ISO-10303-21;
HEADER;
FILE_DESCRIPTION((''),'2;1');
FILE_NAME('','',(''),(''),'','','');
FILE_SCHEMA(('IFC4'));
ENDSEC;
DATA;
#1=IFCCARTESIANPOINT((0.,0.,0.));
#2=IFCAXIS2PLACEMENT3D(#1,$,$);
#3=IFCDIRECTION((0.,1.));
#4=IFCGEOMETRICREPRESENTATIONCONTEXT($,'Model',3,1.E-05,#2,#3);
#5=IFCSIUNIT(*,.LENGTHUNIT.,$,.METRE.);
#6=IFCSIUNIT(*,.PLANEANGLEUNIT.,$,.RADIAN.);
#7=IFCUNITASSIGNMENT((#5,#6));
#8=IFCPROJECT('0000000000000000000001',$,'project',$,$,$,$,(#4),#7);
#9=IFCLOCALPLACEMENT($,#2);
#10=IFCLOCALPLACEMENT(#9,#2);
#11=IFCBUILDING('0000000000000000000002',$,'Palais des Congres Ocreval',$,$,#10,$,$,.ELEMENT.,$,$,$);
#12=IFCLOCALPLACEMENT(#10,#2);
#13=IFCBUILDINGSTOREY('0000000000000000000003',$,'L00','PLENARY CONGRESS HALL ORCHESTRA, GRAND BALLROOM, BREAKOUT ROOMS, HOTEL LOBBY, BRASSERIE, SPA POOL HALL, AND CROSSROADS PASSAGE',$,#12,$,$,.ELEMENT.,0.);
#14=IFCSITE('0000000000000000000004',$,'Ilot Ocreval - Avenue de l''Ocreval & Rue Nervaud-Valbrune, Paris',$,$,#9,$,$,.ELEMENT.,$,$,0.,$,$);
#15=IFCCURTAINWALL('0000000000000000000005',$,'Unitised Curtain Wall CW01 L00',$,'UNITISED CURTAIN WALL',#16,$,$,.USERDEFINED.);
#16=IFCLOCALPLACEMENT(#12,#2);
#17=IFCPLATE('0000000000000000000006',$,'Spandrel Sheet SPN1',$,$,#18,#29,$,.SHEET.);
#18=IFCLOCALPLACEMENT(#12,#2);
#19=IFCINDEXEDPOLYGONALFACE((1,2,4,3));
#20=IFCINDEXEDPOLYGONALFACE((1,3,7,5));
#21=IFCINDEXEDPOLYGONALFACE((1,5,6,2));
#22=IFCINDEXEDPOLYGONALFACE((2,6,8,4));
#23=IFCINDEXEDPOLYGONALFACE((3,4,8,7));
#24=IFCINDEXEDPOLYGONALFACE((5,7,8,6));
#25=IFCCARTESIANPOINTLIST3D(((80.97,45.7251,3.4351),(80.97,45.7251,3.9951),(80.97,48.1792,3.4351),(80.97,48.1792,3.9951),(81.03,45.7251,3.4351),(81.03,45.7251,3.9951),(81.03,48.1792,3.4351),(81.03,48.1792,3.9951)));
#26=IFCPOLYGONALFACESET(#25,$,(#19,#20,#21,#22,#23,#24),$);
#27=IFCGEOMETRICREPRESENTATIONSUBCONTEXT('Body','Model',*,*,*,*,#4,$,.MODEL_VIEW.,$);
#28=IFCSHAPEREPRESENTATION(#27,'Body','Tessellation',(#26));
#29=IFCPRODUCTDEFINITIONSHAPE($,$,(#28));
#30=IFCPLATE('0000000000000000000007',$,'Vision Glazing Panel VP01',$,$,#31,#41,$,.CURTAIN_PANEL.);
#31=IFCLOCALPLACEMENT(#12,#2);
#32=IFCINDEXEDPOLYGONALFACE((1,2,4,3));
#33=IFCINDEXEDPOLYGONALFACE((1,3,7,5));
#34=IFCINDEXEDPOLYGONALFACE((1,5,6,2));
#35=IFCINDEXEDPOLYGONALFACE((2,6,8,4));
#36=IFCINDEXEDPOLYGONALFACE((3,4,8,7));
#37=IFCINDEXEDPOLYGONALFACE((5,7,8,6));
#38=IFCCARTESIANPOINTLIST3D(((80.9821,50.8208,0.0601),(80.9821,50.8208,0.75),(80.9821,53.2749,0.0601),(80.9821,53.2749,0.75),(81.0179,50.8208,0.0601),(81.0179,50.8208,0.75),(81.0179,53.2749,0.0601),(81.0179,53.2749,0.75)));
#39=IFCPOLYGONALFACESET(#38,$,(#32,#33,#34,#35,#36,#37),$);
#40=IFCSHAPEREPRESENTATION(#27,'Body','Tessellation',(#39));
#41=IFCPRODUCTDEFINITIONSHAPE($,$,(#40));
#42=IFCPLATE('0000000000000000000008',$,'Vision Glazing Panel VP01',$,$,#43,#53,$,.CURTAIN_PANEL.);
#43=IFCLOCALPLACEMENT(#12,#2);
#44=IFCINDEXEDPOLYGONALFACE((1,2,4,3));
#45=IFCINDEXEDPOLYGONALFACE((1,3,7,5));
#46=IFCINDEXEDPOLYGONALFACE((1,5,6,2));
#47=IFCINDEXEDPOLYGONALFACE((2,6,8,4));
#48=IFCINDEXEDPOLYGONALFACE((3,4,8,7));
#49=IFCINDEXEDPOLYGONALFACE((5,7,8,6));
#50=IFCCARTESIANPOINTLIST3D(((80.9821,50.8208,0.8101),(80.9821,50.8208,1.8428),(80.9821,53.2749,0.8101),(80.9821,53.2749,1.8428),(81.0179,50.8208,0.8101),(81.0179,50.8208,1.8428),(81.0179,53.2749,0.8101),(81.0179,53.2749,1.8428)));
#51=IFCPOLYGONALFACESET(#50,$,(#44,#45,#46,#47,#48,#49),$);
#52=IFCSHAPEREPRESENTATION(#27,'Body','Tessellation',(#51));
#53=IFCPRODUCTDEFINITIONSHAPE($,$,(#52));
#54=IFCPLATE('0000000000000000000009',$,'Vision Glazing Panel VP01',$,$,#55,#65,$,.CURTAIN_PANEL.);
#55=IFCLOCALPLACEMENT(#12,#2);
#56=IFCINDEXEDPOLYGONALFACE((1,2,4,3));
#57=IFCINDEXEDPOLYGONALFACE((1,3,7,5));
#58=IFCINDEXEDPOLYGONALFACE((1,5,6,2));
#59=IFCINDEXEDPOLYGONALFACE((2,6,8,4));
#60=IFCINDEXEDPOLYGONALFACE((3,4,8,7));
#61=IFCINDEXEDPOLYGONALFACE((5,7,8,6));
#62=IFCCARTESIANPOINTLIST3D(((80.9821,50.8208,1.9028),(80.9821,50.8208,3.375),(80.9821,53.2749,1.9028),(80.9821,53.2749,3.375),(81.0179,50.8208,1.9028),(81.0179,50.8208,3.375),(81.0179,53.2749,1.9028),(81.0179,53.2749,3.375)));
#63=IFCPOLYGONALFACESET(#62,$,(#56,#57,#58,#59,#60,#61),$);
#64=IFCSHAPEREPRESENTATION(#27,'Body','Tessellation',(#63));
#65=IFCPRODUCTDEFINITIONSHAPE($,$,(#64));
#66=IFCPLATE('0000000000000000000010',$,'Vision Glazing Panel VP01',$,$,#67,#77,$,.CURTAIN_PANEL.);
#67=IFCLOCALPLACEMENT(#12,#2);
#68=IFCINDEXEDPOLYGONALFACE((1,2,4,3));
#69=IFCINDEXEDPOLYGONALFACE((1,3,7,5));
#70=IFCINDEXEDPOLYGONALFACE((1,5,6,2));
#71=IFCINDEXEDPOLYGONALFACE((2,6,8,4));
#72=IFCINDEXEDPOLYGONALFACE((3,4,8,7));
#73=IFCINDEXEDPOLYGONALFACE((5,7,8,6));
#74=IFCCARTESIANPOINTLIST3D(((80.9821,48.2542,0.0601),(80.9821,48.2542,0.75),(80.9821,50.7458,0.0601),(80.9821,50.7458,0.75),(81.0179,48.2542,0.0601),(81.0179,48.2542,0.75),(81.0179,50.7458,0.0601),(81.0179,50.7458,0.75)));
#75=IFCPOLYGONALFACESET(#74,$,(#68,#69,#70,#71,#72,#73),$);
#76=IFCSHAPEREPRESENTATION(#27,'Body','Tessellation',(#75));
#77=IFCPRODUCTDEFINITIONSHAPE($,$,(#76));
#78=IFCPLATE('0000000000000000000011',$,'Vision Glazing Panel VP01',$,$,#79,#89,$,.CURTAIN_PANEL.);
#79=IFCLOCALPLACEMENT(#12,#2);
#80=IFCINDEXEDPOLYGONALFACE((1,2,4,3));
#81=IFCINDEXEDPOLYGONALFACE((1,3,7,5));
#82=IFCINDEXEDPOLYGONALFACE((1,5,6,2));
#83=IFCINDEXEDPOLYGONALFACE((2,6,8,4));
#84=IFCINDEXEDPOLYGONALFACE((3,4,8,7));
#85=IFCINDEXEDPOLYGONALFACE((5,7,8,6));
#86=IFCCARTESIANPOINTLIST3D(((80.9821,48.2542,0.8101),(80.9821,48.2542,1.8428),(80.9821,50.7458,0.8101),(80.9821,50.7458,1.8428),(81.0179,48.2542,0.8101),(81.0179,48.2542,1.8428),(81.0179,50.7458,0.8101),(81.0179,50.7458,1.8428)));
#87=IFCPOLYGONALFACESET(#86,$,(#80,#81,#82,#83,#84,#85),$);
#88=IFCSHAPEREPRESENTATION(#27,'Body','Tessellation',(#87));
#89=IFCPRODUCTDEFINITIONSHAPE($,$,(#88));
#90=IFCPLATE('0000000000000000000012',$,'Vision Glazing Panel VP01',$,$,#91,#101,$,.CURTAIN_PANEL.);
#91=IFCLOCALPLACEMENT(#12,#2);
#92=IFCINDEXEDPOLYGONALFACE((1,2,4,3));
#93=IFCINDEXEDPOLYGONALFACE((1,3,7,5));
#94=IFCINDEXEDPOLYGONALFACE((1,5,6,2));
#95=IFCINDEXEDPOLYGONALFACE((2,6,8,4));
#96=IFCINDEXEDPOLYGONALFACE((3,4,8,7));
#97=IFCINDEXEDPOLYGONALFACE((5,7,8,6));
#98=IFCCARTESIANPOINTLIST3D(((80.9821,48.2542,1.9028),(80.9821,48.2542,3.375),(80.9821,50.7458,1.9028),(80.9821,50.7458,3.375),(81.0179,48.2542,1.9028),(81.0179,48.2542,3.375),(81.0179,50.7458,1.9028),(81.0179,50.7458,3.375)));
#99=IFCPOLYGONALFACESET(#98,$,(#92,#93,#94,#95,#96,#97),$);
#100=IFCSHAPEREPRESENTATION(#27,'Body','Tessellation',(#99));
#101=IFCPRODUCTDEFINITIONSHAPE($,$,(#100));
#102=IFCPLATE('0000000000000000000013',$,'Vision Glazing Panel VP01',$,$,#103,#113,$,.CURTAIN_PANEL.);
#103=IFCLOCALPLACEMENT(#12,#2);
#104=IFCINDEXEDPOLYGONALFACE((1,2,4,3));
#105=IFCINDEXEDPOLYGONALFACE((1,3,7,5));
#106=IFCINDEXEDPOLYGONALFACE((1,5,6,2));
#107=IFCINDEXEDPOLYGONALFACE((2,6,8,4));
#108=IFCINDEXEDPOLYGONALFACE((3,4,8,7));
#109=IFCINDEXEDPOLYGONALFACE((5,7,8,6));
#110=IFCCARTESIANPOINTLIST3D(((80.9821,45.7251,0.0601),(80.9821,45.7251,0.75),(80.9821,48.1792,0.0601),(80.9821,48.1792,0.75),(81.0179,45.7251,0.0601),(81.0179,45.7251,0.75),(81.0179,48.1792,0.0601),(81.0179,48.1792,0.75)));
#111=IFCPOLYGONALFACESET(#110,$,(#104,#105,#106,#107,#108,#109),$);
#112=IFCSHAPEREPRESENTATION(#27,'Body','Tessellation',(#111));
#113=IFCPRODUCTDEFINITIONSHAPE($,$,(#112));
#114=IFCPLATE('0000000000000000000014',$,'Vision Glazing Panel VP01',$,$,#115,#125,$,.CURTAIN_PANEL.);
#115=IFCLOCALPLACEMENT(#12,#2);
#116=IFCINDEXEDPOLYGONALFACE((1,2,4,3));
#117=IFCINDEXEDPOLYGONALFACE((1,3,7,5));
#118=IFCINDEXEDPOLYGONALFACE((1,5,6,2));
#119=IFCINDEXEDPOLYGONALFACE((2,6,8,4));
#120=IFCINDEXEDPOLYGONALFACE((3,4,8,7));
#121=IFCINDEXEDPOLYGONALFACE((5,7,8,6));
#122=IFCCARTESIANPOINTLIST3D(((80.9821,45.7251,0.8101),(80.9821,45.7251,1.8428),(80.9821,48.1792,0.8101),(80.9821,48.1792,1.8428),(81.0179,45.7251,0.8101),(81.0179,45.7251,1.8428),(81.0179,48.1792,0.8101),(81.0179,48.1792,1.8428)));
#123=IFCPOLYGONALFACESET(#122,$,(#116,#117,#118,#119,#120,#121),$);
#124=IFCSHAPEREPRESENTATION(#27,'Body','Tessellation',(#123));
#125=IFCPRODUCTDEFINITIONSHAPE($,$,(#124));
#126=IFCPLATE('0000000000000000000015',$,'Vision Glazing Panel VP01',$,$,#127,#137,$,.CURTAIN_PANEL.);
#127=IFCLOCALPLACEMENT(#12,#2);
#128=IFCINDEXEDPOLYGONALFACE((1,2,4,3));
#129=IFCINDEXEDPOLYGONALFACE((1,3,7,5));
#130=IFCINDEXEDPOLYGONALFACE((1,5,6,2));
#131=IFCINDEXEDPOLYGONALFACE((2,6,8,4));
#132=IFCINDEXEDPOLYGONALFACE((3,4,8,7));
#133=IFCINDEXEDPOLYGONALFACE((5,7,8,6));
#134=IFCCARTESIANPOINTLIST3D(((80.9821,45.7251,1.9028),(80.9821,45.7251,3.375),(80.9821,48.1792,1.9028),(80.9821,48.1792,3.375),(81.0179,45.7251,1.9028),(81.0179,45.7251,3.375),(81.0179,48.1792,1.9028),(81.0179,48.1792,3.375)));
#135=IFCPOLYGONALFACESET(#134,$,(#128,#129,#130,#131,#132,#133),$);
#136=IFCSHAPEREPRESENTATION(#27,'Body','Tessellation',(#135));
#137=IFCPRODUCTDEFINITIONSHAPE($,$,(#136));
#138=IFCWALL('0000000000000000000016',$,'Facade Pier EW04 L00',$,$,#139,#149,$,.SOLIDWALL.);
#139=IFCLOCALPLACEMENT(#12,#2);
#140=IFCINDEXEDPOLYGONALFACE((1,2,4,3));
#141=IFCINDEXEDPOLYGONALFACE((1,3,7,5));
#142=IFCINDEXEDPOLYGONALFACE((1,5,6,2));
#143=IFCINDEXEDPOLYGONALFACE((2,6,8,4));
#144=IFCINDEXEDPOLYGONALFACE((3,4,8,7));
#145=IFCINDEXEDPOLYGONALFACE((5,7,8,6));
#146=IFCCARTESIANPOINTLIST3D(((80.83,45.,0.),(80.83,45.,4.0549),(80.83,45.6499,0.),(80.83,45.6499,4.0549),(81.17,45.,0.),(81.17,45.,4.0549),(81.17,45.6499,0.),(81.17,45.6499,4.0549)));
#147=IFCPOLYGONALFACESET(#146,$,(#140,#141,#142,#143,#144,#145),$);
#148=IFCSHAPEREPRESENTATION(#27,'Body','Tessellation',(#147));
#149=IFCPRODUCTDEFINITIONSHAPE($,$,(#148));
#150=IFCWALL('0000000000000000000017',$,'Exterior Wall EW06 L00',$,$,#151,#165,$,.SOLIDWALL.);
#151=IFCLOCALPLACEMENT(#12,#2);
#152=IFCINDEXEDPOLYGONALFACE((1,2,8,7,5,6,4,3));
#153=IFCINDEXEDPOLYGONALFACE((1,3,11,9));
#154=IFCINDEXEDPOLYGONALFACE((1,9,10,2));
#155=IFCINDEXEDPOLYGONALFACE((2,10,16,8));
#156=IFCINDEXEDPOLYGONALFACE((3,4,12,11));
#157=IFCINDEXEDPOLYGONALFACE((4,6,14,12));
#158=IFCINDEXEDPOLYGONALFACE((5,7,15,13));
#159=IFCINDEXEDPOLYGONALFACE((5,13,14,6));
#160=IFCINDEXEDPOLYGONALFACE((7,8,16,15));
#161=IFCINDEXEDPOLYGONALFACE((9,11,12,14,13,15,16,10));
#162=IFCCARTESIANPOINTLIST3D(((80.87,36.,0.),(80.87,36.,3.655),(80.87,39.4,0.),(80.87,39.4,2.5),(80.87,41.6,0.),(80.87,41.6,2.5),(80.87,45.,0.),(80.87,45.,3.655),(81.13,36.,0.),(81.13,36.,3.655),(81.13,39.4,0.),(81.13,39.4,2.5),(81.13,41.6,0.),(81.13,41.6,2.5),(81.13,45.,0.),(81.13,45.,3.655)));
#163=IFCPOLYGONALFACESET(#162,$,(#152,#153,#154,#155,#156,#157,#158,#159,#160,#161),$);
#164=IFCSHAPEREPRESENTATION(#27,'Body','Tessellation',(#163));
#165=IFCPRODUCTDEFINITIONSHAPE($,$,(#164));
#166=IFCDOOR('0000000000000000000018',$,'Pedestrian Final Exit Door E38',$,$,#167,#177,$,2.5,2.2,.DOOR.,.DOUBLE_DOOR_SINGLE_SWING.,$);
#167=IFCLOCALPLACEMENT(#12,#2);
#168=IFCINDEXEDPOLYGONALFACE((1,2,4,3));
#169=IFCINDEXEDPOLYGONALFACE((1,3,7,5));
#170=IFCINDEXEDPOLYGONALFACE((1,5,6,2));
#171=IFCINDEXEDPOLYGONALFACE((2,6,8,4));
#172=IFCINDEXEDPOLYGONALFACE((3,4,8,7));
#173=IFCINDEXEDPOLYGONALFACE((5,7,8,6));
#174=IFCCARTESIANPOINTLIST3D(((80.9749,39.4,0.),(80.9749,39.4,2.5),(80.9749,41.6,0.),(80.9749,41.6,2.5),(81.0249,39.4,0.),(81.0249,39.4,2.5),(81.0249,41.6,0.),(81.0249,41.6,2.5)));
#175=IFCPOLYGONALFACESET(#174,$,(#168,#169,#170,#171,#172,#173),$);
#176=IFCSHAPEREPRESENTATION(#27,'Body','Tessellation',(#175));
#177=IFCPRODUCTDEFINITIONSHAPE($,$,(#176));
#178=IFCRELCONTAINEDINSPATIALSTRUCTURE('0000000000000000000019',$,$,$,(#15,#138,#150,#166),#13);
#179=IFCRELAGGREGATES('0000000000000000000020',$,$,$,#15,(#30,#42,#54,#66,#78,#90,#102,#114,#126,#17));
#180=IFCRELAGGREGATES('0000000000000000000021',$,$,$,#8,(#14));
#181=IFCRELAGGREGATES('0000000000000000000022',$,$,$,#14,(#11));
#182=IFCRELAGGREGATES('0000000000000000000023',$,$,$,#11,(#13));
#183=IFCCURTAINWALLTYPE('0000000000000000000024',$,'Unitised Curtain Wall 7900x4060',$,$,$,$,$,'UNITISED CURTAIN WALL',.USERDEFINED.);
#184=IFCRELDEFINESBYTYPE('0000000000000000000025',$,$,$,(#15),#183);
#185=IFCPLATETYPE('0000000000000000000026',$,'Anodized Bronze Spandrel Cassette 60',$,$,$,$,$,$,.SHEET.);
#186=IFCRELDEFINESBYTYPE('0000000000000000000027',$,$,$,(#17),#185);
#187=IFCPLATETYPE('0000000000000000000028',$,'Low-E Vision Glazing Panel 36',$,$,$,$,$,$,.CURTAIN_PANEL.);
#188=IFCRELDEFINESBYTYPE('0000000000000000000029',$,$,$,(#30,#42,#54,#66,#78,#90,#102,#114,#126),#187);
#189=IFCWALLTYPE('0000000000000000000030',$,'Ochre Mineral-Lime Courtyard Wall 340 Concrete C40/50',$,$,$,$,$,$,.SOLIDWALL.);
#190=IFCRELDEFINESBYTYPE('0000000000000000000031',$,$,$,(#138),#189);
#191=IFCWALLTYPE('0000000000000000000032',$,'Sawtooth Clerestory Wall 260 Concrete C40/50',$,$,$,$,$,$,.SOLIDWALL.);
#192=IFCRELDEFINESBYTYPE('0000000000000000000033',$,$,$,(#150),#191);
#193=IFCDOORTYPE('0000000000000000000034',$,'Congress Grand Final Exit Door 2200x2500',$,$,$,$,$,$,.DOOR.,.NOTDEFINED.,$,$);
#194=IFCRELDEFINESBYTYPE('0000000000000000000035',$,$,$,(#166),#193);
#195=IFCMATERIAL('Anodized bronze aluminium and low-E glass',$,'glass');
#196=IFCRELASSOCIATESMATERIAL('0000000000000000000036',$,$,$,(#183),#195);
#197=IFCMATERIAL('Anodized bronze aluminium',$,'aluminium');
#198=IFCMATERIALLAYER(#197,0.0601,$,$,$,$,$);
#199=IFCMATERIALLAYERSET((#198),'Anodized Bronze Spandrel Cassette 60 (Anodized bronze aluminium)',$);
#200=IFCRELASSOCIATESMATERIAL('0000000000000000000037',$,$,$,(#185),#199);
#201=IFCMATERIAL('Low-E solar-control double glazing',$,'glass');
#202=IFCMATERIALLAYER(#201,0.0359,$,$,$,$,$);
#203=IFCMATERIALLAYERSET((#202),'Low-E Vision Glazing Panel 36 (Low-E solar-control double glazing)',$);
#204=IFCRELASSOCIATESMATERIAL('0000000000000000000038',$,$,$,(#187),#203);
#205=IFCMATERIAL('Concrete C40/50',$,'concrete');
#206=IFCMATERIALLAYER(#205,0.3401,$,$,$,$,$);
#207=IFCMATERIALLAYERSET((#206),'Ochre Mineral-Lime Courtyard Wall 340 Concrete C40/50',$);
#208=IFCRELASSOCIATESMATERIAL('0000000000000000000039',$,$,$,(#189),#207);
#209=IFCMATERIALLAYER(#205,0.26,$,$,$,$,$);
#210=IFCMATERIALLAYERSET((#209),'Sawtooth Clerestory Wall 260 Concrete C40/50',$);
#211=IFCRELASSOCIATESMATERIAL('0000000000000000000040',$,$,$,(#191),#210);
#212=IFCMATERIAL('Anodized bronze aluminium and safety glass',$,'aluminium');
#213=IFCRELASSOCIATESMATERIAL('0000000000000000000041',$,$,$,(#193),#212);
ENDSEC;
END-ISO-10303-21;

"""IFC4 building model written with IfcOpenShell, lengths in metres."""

from ifc_helpers import new_model, si_unit, direction, frame, frame_2d, origin, origin_2d, place, context, subcontext, project, spatial, rectangle, extrude, material, layer, layer_set, type_object, element, fill, aggregate, save


model = new_model("IFC4")

# Units and contexts
model_context = context("Model", 3, precision=1e-05, world=origin(), true_north=direction((0.0, 1.0)))
body_context = subcontext(model_context, "Body", "Model", "MODEL_VIEW")
ifc_project = project(units=[si_unit("LENGTHUNIT", "METRE"), si_unit("PLANEANGLEUNIT", "RADIAN")], contexts=[model_context])

# Site, building, storey
site_placement = place(None, origin())
site = spatial("IfcSite", under=ifc_project, at=site_placement, Name="Ilot Ocreval - Avenue de l'Ocreval & Rue Nervaud-Valbrune, Paris", CompositionType="ELEMENT", RefElevation=0.0)
building_placement = place(site_placement, origin())
building = spatial("IfcBuilding", under=site, at=building_placement, Name="Palais des Congres Ocreval", CompositionType="ELEMENT")
storey_placement = place(building_placement, origin())
storey = spatial("IfcBuildingStorey", under=building, at=storey_placement, Name="L00", Description="PLENARY CONGRESS HALL ORCHESTRA, GRAND BALLROOM, BREAKOUT ROOMS, HOTEL LOBBY, BRASSERIE, SPA POOL HALL, AND CROSSROADS PASSAGE", CompositionType="ELEMENT", Elevation=0.0)

# Curtain wall
ifc_material_1 = material(Name="Anodized bronze aluminium and low-E glass", Category="glass")
curtain_wall_type = type_object("IfcCurtainWallType", Name="Unitised Curtain Wall 7900x4060", ElementType="UNITISED CURTAIN WALL", PredefinedType="USERDEFINED", material=ifc_material_1)
curtain_wall_placement = place(storey_placement, origin())
curtain_wall = element("IfcCurtainWall", 1, at=curtain_wall_placement, inside=storey, type_object=curtain_wall_type, Name="Unitised Curtain Wall CW01 L00", ObjectType="UNITISED CURTAIN WALL", PredefinedType="USERDEFINED")
ifc_material_2 = material(Name="Anodized bronze aluminium", Category="aluminium")

# Plates
ifc_layer_1 = layer(ifc_material_2, 0.0601)
ifc_layer_set_1 = layer_set([ifc_layer_1], Name="Anodized Bronze Spandrel Cassette 60 (Anodized bronze aluminium)")
plate_type_1 = type_object("IfcPlateType", Name="Anodized Bronze Spandrel Cassette 60", PredefinedType="SHEET", material=ifc_layer_set_1)
plate_1_placement = place(storey_placement, frame((81.0, 46.9521, 3.4351), z_axis=(0.0, 0.0, 1.0), x_axis=(0.0, -1.0, 0.0)))
plate_1 = element("IfcPlate", 2, at=plate_1_placement, type_object=plate_type_1, Name="Spandrel Sheet SPN1", PredefinedType="SHEET", context=body_context, shape_type="SweptSolid", body=[
    extrude(rectangle(XDim=2.4541, YDim=0.0601, at=origin_2d()), origin(), (0.0, 0.0, 1.0), 0.5601),
])
ifc_material_3 = material(Name="Low-E solar-control double glazing", Category="glass")
ifc_layer_2 = layer(ifc_material_3, 0.0359)
ifc_layer_set_2 = layer_set([ifc_layer_2], Name="Low-E Vision Glazing Panel 36 (Low-E solar-control double glazing)")
plate_type_2 = type_object("IfcPlateType", Name="Low-E Vision Glazing Panel 36", PredefinedType="CURTAIN_PANEL", material=ifc_layer_set_2)
plate_2_placement = place(storey_placement, frame((81.0, 52.0479, 0.0601), z_axis=(0.0, 0.0, 1.0), x_axis=(0.0, -1.0, 0.0)))
plate_2 = element("IfcPlate", 3, at=plate_2_placement, type_object=plate_type_2, Name="Vision Glazing Panel VP01", PredefinedType="CURTAIN_PANEL", context=body_context, shape_type="SweptSolid", body=[
    extrude(rectangle(XDim=2.4541, YDim=0.0359, at=origin_2d()), origin(), (0.0, 0.0, 1.0), 0.6899),
])
plate_3_placement = place(storey_placement, frame((81.0, 52.0479, 0.8101), z_axis=(0.0, 0.0, 1.0), x_axis=(0.0, -1.0, 0.0)))
plate_3 = element("IfcPlate", 4, at=plate_3_placement, type_object=plate_type_2, Name="Vision Glazing Panel VP01", PredefinedType="CURTAIN_PANEL", context=body_context, shape_type="SweptSolid", body=[
    extrude(rectangle(XDim=2.4541, YDim=0.0359, at=origin_2d()), origin(), (0.0, 0.0, 1.0), 1.0327),
])
plate_4_placement = place(storey_placement, frame((81.0, 52.0479, 1.9028), z_axis=(0.0, 0.0, 1.0), x_axis=(0.0, -1.0, 0.0)))
plate_4 = element("IfcPlate", 5, at=plate_4_placement, type_object=plate_type_2, Name="Vision Glazing Panel VP01", PredefinedType="CURTAIN_PANEL", context=body_context, shape_type="SweptSolid", body=[
    extrude(rectangle(XDim=2.4541, YDim=0.0359, at=origin_2d()), origin(), (0.0, 0.0, 1.0), 1.4722),
])
plate_5_placement = place(storey_placement, frame((81.0, 49.5, 0.0601), z_axis=(0.0, 0.0, 1.0), x_axis=(0.0, -1.0, 0.0)))
plate_5 = element("IfcPlate", 6, at=plate_5_placement, type_object=plate_type_2, Name="Vision Glazing Panel VP01", PredefinedType="CURTAIN_PANEL", context=body_context, shape_type="SweptSolid", body=[
    extrude(rectangle(XDim=2.4917, YDim=0.0359, at=origin_2d()), origin(), (0.0, 0.0, 1.0), 0.6899),
])
plate_6_placement = place(storey_placement, frame((81.0, 49.5, 0.8101), z_axis=(0.0, 0.0, 1.0), x_axis=(0.0, -1.0, 0.0)))
plate_6 = element("IfcPlate", 7, at=plate_6_placement, type_object=plate_type_2, Name="Vision Glazing Panel VP01", PredefinedType="CURTAIN_PANEL", context=body_context, shape_type="SweptSolid", body=[
    extrude(rectangle(XDim=2.4917, YDim=0.0359, at=origin_2d()), origin(), (0.0, 0.0, 1.0), 1.0327),
])
plate_7_placement = place(storey_placement, frame((81.0, 49.5, 1.9028), z_axis=(0.0, 0.0, 1.0), x_axis=(0.0, -1.0, 0.0)))
plate_7 = element("IfcPlate", 8, at=plate_7_placement, type_object=plate_type_2, Name="Vision Glazing Panel VP01", PredefinedType="CURTAIN_PANEL", context=body_context, shape_type="SweptSolid", body=[
    extrude(rectangle(XDim=2.4917, YDim=0.0359, at=origin_2d()), origin(), (0.0, 0.0, 1.0), 1.4722),
])
plate_8_placement = place(storey_placement, frame((81.0, 46.9521, 0.0601), z_axis=(0.0, 0.0, 1.0), x_axis=(0.0, -1.0, 0.0)))
plate_8 = element("IfcPlate", 9, at=plate_8_placement, type_object=plate_type_2, Name="Vision Glazing Panel VP01", PredefinedType="CURTAIN_PANEL", context=body_context, shape_type="SweptSolid", body=[
    extrude(rectangle(XDim=2.4541, YDim=0.0359, at=origin_2d()), origin(), (0.0, 0.0, 1.0), 0.6899),
])
plate_9_placement = place(storey_placement, frame((81.0, 46.9521, 0.8101), z_axis=(0.0, 0.0, 1.0), x_axis=(0.0, -1.0, 0.0)))
plate_9 = element("IfcPlate", 10, at=plate_9_placement, type_object=plate_type_2, Name="Vision Glazing Panel VP01", PredefinedType="CURTAIN_PANEL", context=body_context, shape_type="SweptSolid", body=[
    extrude(rectangle(XDim=2.4541, YDim=0.0359, at=origin_2d()), origin(), (0.0, 0.0, 1.0), 1.0327),
])
plate_10_placement = place(storey_placement, frame((81.0, 46.9521, 1.9028), z_axis=(0.0, 0.0, 1.0), x_axis=(0.0, -1.0, 0.0)))
plate_10 = element("IfcPlate", 11, at=plate_10_placement, type_object=plate_type_2, Name="Vision Glazing Panel VP01", PredefinedType="CURTAIN_PANEL", context=body_context, shape_type="SweptSolid", body=[
    extrude(rectangle(XDim=2.4541, YDim=0.0359, at=origin_2d()), origin(), (0.0, 0.0, 1.0), 1.4722),
])
aggregate(curtain_wall, [plate_2, plate_3, plate_4, plate_5, plate_6, plate_7, plate_8, plate_9, plate_10, plate_1])

# Wall
ifc_material_4 = material(Name="Concrete C40/50", Category="concrete")
ifc_layer_3 = layer(ifc_material_4, 0.3401)
ifc_layer_set_3 = layer_set([ifc_layer_3], Name="Ochre Mineral-Lime Courtyard Wall 340 Concrete C40/50")
wall_type_1 = type_object("IfcWallType", Name="Ochre Mineral-Lime Courtyard Wall 340 Concrete C40/50", PredefinedType="SOLIDWALL", material=ifc_layer_set_3)
wall_1_placement = place(storey_placement, frame((81.0, 45.6499, 0.0), z_axis=(0.0, 0.0, 1.0), x_axis=(0.0, -1.0, 0.0)))
element("IfcWall", 12, at=wall_1_placement, inside=storey, type_object=wall_type_1, Name="Facade Pier EW04 L00", PredefinedType="SOLIDWALL", context=body_context, shape_type="SweptSolid", body=[
    extrude(rectangle(XDim=0.6499, YDim=0.3401, at=frame_2d((0.325, 0.0))), origin(), (0.0, 0.0, 1.0), 4.0549),
])

# Wall, opening, door
ifc_layer_4 = layer(ifc_material_4, 0.26)
ifc_layer_set_4 = layer_set([ifc_layer_4], Name="Sawtooth Clerestory Wall 260 Concrete C40/50")
wall_type_2 = type_object("IfcWallType", Name="Sawtooth Clerestory Wall 260 Concrete C40/50", PredefinedType="SOLIDWALL", material=ifc_layer_set_4)
wall_2_placement = place(storey_placement, frame((81.0, 45.0, 0.0), z_axis=(0.0, 0.0, 1.0), x_axis=(0.0, -1.0, 0.0)))
wall_2 = element("IfcWall", 13, at=wall_2_placement, inside=storey, type_object=wall_type_2, Name="Exterior Wall EW06 L00", PredefinedType="SOLIDWALL", context=body_context, shape_type="SweptSolid", body=[
    extrude(rectangle(XDim=9.0, YDim=0.26, at=frame_2d((4.5, 0.0))), origin(), (0.0, 0.0, 1.0), 3.655),
])
opening_placement = place(wall_2_placement, frame((3.3999, 0.0, 0.0)))
opening = element("IfcOpeningElement", 14, at=opening_placement, cuts=wall_2, PredefinedType="OPENING", context=body_context, shape_type="SweptSolid", body=[
    extrude(rectangle(XDim=2.2, YDim=2.5, at=frame_2d((1.1001, 1.25))), frame((0.0, 0.1399, 0.0), z_axis=(0.0, -1.0, 0.0), x_axis=(1.0, 0.0, 0.0)), (0.0, 0.0, 1.0), 0.28),
])
ifc_material_5 = material(Name="Anodized bronze aluminium and safety glass", Category="aluminium")
door_type = type_object("IfcDoorType", Name="Congress Grand Final Exit Door 2200x2500", OperationType="NOTDEFINED", PredefinedType="DOOR", material=ifc_material_5)
door_placement = place(opening_placement, origin())
door = element("IfcDoor", 15, at=door_placement, inside=storey, type_object=door_type, Name="Pedestrian Final Exit Door E38", OperationType="DOUBLE_DOOR_SINGLE_SWING", OverallHeight=2.5, OverallWidth=2.2, PredefinedType="DOOR", context=body_context, shape_type="SweptSolid", body=[
    extrude(rectangle(XDim=2.2, YDim=2.5, at=frame_2d((1.1001, 1.25))), frame((0.0, 0.0249, 0.0), z_axis=(0.0, -1.0, 0.0), x_axis=(1.0, 0.0, 0.0)), (0.0, 0.0, 1.0), 0.05),
])
fill(opening, door)

save(model, "model.ifc")
